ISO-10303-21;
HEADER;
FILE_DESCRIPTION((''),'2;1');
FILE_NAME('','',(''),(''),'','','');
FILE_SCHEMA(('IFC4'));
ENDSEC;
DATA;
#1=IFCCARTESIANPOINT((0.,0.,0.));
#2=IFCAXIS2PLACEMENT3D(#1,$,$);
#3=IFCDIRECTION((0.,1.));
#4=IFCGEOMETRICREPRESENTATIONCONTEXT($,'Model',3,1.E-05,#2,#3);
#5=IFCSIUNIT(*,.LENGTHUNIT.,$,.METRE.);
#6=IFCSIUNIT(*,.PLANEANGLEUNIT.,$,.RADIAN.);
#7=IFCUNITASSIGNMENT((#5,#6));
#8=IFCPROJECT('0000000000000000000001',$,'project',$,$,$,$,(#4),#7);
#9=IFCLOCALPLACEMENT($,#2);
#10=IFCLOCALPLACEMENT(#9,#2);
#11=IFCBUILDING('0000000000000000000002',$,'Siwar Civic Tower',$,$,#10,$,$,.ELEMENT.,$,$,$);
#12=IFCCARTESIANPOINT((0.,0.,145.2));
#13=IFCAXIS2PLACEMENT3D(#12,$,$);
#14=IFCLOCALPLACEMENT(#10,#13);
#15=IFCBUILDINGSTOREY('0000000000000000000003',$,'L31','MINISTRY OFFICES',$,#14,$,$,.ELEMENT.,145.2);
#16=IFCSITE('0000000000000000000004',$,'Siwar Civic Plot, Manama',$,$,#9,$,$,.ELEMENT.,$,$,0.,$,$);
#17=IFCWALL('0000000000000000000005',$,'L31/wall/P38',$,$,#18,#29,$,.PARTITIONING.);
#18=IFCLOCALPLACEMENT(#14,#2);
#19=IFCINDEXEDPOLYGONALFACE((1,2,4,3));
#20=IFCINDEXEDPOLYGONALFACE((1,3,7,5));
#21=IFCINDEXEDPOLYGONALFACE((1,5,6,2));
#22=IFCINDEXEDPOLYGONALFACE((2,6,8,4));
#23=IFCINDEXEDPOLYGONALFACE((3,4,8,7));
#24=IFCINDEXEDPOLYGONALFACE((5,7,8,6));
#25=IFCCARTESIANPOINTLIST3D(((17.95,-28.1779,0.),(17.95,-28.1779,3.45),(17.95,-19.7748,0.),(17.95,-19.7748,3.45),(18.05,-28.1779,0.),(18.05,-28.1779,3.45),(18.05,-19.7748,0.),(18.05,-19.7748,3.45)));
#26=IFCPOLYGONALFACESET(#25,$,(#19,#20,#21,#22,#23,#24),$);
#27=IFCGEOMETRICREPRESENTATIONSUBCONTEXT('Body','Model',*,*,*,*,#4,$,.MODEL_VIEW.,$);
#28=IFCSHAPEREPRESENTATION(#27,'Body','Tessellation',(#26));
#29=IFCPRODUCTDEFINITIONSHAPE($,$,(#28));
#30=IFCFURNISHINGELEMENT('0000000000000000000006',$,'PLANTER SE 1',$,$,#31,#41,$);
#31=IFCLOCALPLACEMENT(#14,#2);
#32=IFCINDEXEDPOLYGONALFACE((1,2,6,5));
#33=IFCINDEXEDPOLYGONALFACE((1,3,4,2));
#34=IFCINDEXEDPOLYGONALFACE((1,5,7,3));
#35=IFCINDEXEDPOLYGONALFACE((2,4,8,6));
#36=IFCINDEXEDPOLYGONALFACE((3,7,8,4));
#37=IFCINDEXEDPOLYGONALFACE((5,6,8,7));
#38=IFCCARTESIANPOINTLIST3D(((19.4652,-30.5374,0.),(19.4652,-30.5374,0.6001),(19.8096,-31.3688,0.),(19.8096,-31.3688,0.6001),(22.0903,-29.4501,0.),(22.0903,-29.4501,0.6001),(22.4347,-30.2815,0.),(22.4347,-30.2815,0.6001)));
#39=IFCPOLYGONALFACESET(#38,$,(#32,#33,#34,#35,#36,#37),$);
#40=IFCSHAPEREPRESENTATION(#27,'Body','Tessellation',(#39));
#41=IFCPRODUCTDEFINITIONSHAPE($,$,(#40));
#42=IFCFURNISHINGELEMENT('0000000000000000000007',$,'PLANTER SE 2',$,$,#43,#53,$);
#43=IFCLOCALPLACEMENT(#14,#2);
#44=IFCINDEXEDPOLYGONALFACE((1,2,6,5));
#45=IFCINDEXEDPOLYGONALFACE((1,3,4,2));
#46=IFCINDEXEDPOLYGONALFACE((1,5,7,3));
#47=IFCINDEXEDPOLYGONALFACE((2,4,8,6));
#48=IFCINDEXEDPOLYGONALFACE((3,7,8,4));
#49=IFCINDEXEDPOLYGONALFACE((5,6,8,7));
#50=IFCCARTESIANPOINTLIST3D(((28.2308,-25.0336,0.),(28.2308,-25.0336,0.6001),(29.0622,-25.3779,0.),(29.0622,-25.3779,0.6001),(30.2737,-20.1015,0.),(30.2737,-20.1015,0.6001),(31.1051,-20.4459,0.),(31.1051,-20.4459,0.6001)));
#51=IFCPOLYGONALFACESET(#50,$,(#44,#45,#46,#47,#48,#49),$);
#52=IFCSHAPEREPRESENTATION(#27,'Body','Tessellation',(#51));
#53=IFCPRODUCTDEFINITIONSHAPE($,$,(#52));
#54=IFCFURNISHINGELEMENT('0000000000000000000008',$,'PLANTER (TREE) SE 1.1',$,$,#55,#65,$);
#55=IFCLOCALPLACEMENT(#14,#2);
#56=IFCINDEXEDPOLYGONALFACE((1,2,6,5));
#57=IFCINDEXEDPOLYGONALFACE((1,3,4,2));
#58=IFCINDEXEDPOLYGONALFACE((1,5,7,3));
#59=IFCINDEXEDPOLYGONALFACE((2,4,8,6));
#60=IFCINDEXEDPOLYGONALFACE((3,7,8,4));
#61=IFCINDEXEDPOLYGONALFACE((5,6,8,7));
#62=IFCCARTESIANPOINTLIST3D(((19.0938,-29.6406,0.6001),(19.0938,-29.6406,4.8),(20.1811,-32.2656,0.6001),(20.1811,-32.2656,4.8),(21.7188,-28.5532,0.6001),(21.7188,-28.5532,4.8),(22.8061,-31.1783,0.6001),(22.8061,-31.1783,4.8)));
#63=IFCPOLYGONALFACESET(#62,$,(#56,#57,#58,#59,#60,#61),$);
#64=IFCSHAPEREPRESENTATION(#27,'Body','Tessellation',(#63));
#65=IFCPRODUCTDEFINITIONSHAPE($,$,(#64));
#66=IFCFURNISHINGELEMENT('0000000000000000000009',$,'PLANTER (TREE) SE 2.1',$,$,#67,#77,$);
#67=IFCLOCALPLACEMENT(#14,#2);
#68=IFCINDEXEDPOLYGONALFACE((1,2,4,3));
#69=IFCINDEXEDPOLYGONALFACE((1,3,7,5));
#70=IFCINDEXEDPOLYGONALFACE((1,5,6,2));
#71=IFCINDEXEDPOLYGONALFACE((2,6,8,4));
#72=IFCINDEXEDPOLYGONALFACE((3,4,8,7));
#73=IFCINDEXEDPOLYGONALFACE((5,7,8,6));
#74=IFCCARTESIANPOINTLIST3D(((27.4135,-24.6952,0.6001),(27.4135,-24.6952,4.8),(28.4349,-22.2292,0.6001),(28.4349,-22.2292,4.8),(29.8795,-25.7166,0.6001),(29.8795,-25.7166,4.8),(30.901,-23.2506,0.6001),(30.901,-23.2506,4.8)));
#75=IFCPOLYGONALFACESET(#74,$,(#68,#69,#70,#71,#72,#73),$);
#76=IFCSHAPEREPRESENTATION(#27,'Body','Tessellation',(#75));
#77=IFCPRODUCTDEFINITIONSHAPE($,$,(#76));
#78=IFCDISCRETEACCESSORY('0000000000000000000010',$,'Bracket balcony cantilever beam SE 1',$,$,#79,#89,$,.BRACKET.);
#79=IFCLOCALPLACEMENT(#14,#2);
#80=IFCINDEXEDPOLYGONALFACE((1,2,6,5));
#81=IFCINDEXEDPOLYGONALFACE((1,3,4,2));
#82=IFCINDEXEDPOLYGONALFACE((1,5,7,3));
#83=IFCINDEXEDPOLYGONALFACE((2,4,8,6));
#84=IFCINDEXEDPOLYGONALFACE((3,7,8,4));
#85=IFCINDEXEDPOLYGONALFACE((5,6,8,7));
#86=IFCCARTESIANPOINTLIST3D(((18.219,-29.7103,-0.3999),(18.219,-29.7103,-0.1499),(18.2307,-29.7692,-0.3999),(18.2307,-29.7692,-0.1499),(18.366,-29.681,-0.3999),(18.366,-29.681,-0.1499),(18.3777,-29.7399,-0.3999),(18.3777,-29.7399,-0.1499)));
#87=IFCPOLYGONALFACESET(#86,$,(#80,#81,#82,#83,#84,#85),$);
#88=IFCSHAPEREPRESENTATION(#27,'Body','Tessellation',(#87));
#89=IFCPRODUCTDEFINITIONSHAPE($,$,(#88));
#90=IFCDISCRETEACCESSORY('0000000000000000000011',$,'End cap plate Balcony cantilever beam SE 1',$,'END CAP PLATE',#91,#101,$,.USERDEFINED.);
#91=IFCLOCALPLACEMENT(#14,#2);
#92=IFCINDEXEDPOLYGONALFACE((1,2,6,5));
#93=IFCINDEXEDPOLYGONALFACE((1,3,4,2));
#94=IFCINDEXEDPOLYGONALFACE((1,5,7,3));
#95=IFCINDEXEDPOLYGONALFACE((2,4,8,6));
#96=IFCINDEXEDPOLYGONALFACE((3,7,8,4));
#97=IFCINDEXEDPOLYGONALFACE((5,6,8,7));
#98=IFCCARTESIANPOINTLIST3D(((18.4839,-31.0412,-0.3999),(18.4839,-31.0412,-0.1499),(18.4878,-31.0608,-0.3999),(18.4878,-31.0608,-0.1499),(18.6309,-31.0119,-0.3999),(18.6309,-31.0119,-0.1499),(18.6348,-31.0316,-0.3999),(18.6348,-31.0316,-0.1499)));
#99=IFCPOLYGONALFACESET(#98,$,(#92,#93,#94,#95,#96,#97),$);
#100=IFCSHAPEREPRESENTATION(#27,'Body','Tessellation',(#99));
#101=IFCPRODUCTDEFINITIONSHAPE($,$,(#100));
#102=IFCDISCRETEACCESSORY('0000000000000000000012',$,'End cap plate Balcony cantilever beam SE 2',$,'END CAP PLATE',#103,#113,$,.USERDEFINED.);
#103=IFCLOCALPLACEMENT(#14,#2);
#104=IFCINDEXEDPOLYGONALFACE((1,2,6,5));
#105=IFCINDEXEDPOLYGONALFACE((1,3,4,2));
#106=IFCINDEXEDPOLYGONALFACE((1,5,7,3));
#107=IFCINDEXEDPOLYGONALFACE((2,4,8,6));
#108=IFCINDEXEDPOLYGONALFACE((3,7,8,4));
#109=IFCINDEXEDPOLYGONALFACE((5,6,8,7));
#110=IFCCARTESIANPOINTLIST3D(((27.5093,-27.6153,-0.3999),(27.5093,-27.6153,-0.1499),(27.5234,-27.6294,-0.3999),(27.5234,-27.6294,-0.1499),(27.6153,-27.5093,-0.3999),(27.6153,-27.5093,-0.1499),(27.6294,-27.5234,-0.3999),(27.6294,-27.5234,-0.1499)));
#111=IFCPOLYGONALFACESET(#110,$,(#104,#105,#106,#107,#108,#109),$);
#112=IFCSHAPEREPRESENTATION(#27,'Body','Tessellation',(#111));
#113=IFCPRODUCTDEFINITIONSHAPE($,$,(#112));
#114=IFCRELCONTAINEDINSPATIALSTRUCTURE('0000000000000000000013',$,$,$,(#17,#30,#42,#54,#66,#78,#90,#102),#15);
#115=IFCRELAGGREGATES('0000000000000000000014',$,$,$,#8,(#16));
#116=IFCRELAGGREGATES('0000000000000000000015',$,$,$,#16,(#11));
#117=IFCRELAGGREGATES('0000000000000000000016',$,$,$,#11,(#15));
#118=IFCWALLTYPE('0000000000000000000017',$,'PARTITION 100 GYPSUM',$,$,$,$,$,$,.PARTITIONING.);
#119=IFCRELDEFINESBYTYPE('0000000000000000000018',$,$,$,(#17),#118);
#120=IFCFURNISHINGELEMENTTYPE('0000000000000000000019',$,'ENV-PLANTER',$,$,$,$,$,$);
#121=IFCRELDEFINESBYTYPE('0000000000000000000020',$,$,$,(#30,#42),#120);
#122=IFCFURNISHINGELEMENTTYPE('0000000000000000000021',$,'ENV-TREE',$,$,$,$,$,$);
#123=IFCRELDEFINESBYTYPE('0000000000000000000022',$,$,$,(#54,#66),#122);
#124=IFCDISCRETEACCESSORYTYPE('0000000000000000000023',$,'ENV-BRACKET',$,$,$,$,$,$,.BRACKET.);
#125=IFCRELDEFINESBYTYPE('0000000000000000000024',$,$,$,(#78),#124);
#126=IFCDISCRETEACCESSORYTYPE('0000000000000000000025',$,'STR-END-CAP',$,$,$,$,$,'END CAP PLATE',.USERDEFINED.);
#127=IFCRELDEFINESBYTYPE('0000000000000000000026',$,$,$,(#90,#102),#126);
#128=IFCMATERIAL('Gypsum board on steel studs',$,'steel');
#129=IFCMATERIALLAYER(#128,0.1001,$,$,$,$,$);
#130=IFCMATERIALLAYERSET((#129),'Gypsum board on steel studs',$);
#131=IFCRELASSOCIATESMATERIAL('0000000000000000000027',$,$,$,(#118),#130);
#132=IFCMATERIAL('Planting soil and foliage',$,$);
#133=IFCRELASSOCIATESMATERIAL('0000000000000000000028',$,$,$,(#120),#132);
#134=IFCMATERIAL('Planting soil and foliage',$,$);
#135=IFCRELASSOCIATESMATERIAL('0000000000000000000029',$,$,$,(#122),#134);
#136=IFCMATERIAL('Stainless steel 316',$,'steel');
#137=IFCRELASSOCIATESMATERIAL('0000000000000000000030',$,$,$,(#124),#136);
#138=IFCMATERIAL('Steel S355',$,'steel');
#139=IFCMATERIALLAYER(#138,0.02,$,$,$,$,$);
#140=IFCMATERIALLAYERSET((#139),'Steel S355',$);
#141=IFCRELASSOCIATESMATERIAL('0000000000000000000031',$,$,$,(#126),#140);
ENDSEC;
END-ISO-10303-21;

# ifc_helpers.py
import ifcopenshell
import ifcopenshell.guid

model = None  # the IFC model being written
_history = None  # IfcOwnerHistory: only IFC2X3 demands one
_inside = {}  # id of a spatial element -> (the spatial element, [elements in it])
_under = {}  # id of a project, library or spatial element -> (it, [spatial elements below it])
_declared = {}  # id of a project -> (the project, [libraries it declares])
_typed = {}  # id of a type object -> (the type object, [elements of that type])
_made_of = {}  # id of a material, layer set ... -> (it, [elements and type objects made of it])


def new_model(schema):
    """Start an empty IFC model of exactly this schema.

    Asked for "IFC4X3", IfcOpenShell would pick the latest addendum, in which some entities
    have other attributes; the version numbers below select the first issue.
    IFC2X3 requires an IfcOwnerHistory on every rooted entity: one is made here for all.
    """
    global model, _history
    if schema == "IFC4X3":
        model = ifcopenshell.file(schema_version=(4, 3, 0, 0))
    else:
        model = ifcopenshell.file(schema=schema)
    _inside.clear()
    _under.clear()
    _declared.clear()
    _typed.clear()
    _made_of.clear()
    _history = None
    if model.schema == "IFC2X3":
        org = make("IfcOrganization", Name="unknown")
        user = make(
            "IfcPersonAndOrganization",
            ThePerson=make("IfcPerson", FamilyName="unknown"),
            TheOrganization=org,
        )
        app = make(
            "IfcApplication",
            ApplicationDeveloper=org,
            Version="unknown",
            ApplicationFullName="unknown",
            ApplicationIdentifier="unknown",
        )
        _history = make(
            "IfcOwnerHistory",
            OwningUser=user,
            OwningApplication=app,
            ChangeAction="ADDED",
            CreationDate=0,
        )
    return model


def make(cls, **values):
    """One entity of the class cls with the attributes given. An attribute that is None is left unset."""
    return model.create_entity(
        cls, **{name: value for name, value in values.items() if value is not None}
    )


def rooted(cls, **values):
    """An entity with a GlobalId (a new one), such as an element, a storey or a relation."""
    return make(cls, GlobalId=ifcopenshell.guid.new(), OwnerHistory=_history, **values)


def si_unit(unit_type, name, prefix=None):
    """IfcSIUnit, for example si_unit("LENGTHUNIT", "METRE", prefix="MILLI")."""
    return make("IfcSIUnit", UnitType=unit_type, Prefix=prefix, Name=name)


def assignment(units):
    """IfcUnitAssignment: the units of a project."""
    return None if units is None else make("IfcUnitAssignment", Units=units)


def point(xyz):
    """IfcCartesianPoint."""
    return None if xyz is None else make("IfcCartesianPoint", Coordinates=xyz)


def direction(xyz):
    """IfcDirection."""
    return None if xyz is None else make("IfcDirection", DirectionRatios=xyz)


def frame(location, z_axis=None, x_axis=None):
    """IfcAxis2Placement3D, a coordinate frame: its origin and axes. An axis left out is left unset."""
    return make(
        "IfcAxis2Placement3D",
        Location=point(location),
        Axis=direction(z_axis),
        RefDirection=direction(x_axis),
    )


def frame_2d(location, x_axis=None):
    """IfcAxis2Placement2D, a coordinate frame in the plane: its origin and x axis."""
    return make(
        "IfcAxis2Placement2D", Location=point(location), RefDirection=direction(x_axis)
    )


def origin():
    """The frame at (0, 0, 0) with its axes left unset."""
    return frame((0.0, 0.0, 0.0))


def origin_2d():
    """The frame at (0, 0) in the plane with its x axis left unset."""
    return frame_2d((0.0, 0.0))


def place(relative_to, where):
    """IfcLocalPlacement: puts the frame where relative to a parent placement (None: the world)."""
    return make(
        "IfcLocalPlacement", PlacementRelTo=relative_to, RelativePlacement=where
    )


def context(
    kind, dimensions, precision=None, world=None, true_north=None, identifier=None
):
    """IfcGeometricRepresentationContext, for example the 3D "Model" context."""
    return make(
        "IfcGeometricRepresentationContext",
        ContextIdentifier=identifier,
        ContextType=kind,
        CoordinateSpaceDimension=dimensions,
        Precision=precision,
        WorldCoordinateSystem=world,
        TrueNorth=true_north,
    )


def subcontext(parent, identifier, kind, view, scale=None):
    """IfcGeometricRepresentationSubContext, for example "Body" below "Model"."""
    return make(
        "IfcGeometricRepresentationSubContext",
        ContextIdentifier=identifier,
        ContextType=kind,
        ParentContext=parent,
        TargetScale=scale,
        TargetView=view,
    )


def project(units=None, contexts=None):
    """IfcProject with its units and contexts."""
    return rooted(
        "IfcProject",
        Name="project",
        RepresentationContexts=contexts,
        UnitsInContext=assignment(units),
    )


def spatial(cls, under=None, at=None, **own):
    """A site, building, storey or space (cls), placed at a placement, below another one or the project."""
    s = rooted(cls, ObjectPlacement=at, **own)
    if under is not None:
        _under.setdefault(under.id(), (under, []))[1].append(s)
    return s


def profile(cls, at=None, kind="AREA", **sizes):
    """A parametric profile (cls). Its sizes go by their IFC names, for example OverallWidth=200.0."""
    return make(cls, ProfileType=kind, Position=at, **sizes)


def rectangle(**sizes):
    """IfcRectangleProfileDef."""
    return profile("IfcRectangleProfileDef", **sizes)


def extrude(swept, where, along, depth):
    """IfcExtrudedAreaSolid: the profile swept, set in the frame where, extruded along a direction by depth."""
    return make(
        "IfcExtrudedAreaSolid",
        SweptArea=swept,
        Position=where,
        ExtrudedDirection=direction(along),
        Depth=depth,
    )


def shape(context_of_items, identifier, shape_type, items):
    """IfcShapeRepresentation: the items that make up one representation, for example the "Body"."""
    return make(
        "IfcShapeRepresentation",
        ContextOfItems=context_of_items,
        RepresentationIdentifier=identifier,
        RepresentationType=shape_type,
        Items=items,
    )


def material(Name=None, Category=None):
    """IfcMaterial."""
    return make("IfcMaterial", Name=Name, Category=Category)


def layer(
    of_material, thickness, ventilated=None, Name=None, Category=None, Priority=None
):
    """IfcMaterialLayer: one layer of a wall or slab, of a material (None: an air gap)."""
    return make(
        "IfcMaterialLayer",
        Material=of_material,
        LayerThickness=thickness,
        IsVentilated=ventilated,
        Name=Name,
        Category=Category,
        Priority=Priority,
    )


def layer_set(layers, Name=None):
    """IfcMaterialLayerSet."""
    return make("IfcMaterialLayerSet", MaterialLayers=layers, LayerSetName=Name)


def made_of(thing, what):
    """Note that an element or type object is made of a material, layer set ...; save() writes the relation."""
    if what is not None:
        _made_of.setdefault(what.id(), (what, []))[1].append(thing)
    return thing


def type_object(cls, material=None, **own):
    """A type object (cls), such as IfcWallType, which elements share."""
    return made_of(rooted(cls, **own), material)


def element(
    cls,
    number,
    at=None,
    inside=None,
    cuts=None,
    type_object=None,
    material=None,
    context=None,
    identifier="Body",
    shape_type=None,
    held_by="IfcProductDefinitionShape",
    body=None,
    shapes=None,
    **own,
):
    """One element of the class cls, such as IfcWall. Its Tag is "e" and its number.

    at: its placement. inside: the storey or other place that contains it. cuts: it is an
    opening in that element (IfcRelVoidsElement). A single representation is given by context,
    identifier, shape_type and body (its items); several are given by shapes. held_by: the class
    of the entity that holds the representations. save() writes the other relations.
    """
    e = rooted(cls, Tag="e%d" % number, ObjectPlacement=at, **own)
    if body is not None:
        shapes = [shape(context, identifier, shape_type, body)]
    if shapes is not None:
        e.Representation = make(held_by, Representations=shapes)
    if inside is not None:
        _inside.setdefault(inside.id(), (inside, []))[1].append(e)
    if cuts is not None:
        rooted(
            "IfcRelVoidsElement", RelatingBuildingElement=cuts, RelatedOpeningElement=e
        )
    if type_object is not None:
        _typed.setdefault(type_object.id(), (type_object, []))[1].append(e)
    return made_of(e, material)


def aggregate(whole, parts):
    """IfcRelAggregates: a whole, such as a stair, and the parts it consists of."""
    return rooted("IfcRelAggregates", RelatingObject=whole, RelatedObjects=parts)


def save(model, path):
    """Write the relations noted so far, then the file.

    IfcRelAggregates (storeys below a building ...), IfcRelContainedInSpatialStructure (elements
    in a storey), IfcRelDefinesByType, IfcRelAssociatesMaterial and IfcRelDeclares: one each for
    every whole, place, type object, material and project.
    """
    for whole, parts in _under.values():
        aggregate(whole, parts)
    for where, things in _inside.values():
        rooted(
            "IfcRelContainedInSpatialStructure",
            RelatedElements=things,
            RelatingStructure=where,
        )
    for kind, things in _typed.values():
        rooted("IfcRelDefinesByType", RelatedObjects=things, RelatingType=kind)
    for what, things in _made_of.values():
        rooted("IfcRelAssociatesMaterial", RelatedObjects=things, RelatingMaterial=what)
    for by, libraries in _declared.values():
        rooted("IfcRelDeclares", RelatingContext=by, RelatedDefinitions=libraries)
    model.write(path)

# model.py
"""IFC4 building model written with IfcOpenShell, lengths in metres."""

from ifc_helpers import new_model, si_unit, direction, frame, frame_2d, origin, origin_2d, place, context, subcontext, project, spatial, rectangle, extrude, material, layer, layer_set, type_object, element, save


model = new_model("IFC4")

# Units and contexts
model_context = context("Model", 3, precision=1e-05, world=origin(), true_north=direction((0.0, 1.0)))
body_context = subcontext(model_context, "Body", "Model", "MODEL_VIEW")
ifc_project = project(units=[si_unit("LENGTHUNIT", "METRE"), si_unit("PLANEANGLEUNIT", "RADIAN")], contexts=[model_context])

# Site, building, storey
site_placement = place(None, origin())
site = spatial("IfcSite", under=ifc_project, at=site_placement, Name="Siwar Civic Plot, Manama", CompositionType="ELEMENT", RefElevation=0.0)
building_placement = place(site_placement, origin())
building = spatial("IfcBuilding", under=site, at=building_placement, Name="Siwar Civic Tower", CompositionType="ELEMENT")
storey_placement = place(building_placement, frame((0.0, 0.0, 145.2)))
storey = spatial("IfcBuildingStorey", under=building, at=storey_placement, Name="L31", Description="MINISTRY OFFICES", CompositionType="ELEMENT", Elevation=145.2)

# Wall
ifc_material_1 = material(Name="Gypsum board on steel studs", Category="steel")
ifc_layer_1 = layer(ifc_material_1, 0.1001)
ifc_layer_set_1 = layer_set([ifc_layer_1], Name="Gypsum board on steel studs")
wall_type_1 = type_object("IfcWallType", Name="PARTITION 100 GYPSUM", PredefinedType="PARTITIONING", material=ifc_layer_set_1)
wall_1_placement = place(storey_placement, frame((18.0, -28.178, 0.0), z_axis=(0.0, 0.0, 1.0), x_axis=(0.0, 1.0, 0.0)))
element("IfcWall", 1, at=wall_1_placement, inside=storey, type_object=wall_type_1, Name="L31/wall/P38", PredefinedType="PARTITIONING", context=body_context, shape_type="SweptSolid", body=[
    extrude(rectangle(XDim=8.4031, YDim=0.1001, at=frame_2d((4.2017, 0.0))), origin(), (0.0, 0.0, 1.0), 3.45),
])

# Furnishing elements
ifc_material_2 = material(Name="Planting soil and foliage")
furnishing_element_type_1 = type_object("IfcFurnishingElementType", Name="ENV-PLANTER", material=ifc_material_2)
furnishing_1_placement = place(storey_placement, frame((20.95, -30.4094, 0.0), z_axis=(0.0, 0.0, 1.0), x_axis=(0.92388, 0.382683, 0.0)))
element("IfcFurnishingElement", 2, at=furnishing_1_placement, inside=storey, type_object=furnishing_element_type_1, Name="PLANTER SE 1", context=body_context, shape_type="SweptSolid", body=[
    extrude(rectangle(XDim=2.8413, YDim=0.8999, at=origin_2d()), origin(), (0.0, 0.0, 1.0), 0.6001),
])
furnishing_2_placement = place(storey_placement, frame((29.668, -22.7397, 0.0), z_axis=(0.0, 0.0, 1.0), x_axis=(0.382683, 0.92388, 0.0)))
element("IfcFurnishingElement", 3, at=furnishing_2_placement, inside=storey, type_object=furnishing_element_type_1, Name="PLANTER SE 2", context=body_context, shape_type="SweptSolid", body=[
    extrude(rectangle(XDim=5.3384, YDim=0.8999, at=origin_2d()), origin(), (0.0, 0.0, 1.0), 0.6001),
])
ifc_material_3 = material(Name="Planting soil and foliage")
furnishing_element_type_2 = type_object("IfcFurnishingElementType", Name="ENV-TREE", material=ifc_material_3)
furnishing_3_placement = place(storey_placement, frame((20.95, -30.4094, 0.6001), z_axis=(0.0, 0.0, 1.0), x_axis=(0.92388, 0.382683, 0.0)))
element("IfcFurnishingElement", 4, at=furnishing_3_placement, inside=storey, type_object=furnishing_element_type_2, Name="PLANTER (TREE) SE 1.1", context=body_context, shape_type="SweptSolid", body=[
    extrude(rectangle(XDim=2.8413, YDim=2.8413, at=origin_2d()), origin(), (0.0, 0.0, 1.0), 4.2),
])
furnishing_4_placement = place(storey_placement, frame((29.1572, -23.9729, 0.6001), z_axis=(0.0, 0.0, 1.0), x_axis=(0.382683, 0.92388, 0.0)))
element("IfcFurnishingElement", 5, at=furnishing_4_placement, inside=storey, type_object=furnishing_element_type_2, Name="PLANTER (TREE) SE 2.1", context=body_context, shape_type="SweptSolid", body=[
    extrude(rectangle(XDim=2.6692, YDim=2.6692, at=origin_2d()), origin(), (0.0, 0.0, 1.0), 4.2),
])

# Discrete accessories
ifc_material_4 = material(Name="Stainless steel 316", Category="steel")
discrete_accessory_type_1 = type_object("IfcDiscreteAccessoryType", Name="ENV-BRACKET", PredefinedType="BRACKET", material=ifc_material_4)
discrete_accessory_placement = place(storey_placement, frame((18.2983, -29.7251, -0.3999), z_axis=(0.0, 0.0, 1.0), x_axis=(0.19509, -0.980785, 0.0)))
element("IfcDiscreteAccessory", 6, at=discrete_accessory_placement, inside=storey, type_object=discrete_accessory_type_1, Name="Bracket balcony cantilever beam SE 1", PredefinedType="BRACKET", context=body_context, shape_type="SweptSolid", body=[
    extrude(rectangle(XDim=0.0601, YDim=0.1499, at=origin_2d()), origin(), (0.0, 0.0, 1.0), 0.25),
])
ifc_material_5 = material(Name="Steel S355", Category="steel")
ifc_layer_2 = layer(ifc_material_5, 0.02)
ifc_layer_set_2 = layer_set([ifc_layer_2], Name="Steel S355")
discrete_accessory_type_2 = type_object("IfcDiscreteAccessoryType", Name="STR-END-CAP", ElementType="END CAP PLATE", PredefinedType="USERDEFINED", material=ifc_layer_set_2)
for number, where, z_axis, x_axis, name in (
    (7, (18.5593, -31.0364, -0.3999), (0.0, 0.0, 1.0), (0.19509, -0.980785, 0.0), "End cap plate Balcony cantilever beam SE 1"),
    (8, (27.5693, -27.5693, -0.3999), (0.0, 0.0, 1.0), (0.707107, -0.707107, 0.0), "End cap plate Balcony cantilever beam SE 2"),
):
    element("IfcDiscreteAccessory", number, at=place(storey_placement, frame(where, z_axis=z_axis, x_axis=x_axis)), inside=storey, type_object=discrete_accessory_type_2, Name=name, ObjectType="END CAP PLATE", PredefinedType="USERDEFINED", context=body_context, shape_type="SweptSolid", body=[
        extrude(rectangle(XDim=0.02, YDim=0.1499, at=origin_2d()), origin(), (0.0, 0.0, 1.0), 0.25),
    ])

save(model, "model.ifc")
